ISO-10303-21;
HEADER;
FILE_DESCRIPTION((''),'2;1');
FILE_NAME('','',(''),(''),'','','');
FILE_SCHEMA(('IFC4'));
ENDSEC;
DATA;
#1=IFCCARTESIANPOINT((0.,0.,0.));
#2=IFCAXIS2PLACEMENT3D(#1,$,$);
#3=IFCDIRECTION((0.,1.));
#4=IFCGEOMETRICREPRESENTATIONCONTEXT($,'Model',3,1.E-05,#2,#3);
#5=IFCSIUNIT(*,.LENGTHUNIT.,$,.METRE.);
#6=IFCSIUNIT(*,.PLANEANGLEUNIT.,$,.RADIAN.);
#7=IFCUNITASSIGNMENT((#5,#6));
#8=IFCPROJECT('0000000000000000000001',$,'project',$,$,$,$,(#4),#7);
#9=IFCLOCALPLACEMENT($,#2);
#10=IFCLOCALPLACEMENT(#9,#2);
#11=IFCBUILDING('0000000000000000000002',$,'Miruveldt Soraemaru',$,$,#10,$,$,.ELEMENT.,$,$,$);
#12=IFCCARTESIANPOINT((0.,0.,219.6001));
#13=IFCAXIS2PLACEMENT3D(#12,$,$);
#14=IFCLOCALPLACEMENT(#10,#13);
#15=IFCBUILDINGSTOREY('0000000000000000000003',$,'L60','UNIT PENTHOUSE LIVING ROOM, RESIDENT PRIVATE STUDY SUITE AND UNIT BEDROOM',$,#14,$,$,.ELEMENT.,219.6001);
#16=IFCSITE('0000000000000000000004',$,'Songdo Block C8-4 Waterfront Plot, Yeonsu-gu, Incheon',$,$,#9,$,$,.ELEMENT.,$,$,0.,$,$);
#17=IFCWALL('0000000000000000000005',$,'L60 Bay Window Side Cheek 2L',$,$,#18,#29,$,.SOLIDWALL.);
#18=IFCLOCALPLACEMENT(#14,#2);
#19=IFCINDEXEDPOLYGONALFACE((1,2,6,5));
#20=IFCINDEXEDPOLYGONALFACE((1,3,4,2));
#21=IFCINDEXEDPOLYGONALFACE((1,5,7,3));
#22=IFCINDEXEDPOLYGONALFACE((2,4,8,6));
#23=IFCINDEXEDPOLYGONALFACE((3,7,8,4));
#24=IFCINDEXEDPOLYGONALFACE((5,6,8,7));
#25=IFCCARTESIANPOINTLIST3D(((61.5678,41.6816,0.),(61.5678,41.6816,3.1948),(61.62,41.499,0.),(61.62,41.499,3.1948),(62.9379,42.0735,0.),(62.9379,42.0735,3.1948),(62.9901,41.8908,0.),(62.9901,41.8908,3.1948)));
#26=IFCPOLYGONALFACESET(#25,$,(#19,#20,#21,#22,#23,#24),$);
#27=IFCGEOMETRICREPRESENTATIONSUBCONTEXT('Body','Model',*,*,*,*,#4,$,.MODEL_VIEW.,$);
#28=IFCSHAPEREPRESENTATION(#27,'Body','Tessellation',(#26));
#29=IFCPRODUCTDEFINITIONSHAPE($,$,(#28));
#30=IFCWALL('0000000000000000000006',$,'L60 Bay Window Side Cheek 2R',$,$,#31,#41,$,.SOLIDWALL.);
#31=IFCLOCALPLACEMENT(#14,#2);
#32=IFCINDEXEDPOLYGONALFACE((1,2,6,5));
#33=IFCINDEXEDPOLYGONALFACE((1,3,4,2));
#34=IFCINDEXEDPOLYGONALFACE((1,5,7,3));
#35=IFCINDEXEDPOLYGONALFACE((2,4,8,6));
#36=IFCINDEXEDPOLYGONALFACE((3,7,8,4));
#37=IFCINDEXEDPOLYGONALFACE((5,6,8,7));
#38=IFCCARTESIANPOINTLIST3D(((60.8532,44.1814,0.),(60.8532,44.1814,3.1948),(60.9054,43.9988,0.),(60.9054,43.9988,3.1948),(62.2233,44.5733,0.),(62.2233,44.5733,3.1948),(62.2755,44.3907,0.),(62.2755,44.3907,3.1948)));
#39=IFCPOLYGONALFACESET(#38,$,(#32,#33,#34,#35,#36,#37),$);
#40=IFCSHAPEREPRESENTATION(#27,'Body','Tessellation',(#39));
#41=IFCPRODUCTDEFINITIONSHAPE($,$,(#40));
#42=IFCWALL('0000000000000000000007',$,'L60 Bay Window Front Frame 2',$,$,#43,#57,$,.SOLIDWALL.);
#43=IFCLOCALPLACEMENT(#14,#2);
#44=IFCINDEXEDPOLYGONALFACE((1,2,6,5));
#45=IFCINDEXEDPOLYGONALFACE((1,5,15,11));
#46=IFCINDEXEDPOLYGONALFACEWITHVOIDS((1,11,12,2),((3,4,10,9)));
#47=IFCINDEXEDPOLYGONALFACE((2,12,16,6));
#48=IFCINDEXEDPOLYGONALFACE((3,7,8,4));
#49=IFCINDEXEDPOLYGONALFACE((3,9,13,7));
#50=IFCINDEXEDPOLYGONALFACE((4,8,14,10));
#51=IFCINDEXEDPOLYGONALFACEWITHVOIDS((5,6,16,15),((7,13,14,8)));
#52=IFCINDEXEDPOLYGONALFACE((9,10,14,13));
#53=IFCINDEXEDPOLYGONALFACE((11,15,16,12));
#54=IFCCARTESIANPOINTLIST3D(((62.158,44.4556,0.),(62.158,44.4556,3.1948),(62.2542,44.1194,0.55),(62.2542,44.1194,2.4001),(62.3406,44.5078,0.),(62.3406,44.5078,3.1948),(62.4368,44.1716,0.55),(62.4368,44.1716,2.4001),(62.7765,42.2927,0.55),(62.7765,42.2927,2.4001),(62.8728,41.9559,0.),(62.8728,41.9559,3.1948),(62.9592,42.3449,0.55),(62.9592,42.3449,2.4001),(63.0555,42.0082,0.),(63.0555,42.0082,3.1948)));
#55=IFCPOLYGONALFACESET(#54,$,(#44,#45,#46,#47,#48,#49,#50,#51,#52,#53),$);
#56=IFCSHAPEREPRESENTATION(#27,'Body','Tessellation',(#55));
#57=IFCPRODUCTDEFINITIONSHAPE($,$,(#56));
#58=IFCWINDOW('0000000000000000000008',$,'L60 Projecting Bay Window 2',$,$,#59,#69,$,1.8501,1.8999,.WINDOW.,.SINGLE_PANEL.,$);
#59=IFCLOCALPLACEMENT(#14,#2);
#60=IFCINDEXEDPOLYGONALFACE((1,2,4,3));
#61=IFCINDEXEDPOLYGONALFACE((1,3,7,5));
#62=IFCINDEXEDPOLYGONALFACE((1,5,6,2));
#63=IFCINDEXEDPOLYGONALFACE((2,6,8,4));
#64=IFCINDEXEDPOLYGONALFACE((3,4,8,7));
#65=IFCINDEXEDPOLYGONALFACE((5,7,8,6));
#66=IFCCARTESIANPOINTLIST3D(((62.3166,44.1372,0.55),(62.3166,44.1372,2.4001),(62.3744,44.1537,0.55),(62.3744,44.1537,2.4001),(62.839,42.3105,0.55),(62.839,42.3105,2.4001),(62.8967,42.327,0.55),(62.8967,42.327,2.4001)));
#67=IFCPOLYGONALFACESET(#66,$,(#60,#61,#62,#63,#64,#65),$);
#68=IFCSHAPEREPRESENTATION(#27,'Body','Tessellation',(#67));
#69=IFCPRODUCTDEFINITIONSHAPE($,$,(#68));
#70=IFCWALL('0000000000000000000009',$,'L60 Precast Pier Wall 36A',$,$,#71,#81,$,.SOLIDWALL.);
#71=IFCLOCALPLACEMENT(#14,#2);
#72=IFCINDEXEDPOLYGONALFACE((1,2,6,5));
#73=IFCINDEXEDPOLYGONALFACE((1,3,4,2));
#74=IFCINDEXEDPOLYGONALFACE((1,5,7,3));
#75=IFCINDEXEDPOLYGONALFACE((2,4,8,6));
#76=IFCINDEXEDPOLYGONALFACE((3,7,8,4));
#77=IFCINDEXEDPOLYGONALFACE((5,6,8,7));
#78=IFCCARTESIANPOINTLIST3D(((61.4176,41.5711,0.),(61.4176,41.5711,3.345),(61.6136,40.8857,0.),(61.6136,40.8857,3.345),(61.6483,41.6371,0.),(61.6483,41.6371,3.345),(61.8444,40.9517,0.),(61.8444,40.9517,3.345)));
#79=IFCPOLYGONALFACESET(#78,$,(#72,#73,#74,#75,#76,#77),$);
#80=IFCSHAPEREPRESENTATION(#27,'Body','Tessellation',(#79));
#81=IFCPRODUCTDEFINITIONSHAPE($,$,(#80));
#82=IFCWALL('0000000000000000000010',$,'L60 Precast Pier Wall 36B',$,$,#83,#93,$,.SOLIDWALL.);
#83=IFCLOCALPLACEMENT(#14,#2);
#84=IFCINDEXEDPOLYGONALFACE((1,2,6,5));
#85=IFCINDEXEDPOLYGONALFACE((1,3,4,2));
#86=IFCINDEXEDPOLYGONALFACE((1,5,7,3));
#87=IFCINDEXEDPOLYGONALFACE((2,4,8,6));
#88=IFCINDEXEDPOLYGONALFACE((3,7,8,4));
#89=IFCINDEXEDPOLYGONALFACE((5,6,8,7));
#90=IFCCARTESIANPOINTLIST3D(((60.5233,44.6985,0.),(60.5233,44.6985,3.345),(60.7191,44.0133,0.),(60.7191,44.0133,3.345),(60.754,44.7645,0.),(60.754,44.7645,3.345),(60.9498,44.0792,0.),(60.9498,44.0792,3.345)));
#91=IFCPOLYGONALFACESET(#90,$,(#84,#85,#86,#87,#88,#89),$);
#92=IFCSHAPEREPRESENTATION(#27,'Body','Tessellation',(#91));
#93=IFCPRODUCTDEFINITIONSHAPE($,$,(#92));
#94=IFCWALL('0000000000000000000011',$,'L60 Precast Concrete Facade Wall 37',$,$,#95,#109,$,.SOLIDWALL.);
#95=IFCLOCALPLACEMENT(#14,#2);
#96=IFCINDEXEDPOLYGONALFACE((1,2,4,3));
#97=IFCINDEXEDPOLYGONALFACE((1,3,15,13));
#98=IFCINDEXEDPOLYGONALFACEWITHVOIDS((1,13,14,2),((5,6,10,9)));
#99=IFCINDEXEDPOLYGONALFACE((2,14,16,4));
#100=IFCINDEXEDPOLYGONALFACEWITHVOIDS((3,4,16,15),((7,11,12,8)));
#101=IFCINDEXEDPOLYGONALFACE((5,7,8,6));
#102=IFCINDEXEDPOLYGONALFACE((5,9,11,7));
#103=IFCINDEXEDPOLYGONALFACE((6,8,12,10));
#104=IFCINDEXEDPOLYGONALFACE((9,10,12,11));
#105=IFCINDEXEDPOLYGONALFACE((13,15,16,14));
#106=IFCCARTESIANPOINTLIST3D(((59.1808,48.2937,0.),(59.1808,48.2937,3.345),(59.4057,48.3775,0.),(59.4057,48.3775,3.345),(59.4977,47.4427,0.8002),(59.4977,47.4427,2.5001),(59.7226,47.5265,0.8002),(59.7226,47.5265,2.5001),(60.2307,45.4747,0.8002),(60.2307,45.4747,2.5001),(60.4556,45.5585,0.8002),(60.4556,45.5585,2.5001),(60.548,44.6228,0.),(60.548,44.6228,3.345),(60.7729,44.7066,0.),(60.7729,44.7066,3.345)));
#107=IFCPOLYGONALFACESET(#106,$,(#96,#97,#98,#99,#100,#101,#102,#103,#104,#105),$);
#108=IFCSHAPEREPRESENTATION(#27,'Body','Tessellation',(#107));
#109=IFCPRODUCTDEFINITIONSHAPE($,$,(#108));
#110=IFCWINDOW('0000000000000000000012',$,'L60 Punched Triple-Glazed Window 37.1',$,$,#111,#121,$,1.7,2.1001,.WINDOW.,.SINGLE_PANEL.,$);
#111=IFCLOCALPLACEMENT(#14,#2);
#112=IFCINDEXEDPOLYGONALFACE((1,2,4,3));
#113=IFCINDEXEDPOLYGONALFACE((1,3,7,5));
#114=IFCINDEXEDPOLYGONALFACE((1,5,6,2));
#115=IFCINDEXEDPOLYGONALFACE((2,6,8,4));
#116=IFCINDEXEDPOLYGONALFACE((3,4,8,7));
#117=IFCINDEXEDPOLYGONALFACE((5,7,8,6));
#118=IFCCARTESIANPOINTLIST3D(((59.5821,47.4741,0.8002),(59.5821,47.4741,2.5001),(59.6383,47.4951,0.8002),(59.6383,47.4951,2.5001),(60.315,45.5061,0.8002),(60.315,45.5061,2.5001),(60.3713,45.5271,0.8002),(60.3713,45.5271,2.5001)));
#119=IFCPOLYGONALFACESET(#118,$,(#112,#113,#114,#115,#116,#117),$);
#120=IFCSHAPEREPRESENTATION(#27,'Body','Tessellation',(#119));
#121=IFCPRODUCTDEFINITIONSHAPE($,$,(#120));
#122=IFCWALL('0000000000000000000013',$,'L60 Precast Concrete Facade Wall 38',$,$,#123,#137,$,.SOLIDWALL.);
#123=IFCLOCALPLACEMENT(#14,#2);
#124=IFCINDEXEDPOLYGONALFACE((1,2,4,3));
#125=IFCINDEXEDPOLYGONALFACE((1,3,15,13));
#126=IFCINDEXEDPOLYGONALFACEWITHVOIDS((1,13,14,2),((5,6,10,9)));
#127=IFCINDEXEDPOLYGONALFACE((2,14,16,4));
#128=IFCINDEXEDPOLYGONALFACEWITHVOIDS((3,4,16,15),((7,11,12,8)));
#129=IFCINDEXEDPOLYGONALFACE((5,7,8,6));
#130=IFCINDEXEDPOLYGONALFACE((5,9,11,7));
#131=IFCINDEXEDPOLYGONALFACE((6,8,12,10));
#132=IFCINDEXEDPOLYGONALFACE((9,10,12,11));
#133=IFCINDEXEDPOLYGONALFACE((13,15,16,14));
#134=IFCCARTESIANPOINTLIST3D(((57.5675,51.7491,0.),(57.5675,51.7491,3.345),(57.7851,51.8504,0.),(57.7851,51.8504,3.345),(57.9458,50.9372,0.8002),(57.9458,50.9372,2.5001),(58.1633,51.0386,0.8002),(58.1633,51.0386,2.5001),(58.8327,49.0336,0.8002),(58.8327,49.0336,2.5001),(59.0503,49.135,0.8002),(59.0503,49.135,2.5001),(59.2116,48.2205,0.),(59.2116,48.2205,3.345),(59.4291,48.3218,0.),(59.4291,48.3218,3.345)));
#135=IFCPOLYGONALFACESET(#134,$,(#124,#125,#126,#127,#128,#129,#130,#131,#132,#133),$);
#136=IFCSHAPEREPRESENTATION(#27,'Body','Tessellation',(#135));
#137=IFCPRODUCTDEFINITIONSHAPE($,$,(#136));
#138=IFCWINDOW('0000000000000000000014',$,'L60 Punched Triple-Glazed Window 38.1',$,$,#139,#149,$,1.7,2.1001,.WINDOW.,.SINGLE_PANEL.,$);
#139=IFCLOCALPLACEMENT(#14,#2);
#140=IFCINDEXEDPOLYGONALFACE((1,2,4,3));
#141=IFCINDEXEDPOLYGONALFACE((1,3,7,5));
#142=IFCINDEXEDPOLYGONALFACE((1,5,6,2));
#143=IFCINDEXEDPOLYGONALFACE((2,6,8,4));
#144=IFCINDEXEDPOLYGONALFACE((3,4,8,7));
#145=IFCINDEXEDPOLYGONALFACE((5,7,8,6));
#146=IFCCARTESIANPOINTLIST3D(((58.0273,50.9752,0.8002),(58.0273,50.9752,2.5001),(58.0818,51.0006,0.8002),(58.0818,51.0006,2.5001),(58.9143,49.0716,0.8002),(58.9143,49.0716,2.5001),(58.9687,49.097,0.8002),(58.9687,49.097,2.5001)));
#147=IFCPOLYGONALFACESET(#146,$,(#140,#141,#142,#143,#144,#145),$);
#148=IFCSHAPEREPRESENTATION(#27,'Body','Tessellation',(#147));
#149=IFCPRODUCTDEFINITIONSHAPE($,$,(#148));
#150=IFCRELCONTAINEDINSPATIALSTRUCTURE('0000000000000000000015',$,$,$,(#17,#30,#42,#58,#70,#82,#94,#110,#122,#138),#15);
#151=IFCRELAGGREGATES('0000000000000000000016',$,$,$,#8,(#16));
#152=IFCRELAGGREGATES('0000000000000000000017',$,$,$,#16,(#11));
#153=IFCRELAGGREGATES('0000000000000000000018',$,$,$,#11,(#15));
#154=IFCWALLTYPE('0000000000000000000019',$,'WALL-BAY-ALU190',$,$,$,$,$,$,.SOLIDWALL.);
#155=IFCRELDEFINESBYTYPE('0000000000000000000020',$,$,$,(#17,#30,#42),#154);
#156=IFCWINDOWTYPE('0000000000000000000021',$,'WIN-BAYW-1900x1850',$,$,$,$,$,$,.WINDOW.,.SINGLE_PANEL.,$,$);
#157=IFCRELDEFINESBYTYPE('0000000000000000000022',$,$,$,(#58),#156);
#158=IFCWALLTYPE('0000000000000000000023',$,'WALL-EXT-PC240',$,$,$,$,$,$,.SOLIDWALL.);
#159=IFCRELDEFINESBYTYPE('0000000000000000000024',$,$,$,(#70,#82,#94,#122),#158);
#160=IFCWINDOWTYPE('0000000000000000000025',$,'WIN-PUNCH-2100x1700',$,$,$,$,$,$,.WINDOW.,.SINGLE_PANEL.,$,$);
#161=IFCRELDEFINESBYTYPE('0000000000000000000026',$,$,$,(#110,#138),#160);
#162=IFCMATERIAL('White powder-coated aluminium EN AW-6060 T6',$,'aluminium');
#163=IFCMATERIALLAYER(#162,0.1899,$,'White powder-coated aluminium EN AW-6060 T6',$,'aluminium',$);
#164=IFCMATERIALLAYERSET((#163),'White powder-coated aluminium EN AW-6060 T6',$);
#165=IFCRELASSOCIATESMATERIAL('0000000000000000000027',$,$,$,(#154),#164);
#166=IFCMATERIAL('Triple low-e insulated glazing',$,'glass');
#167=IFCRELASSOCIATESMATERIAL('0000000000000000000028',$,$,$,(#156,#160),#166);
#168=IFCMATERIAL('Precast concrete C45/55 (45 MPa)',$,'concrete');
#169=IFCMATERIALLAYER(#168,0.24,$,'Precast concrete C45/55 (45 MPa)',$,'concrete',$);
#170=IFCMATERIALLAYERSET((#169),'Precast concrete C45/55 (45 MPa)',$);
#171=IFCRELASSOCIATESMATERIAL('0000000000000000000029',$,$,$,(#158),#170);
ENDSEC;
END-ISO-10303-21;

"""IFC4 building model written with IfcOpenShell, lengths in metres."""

from ifc_helpers import new_model, si_unit, direction, frame, frame_2d, origin, place, context, subcontext, project, spatial, rectangle, extrude, material, layer, layer_set, type_object, element, fill, save


model = new_model("IFC4")

# Units and contexts
model_context = context("Model", 3, precision=1e-05, world=origin(), true_north=direction((0.0, 1.0)))
body_context = subcontext(model_context, "Body", "Model", "MODEL_VIEW")
ifc_project = project(units=[si_unit("LENGTHUNIT", "METRE"), si_unit("PLANEANGLEUNIT", "RADIAN")], contexts=[model_context])

# Site, building, storey
site_placement = place(None, origin())
site = spatial("IfcSite", under=ifc_project, at=site_placement, Name="Songdo Block C8-4 Waterfront Plot, Yeonsu-gu, Incheon", CompositionType="ELEMENT", RefElevation=0.0)
building_placement = place(site_placement, origin())
building = spatial("IfcBuilding", under=site, at=building_placement, Name="Miruveldt Soraemaru", CompositionType="ELEMENT")
storey_placement = place(building_placement, frame((0.0, 0.0, 219.6001)))
storey = spatial("IfcBuildingStorey", under=building, at=storey_placement, Name="L60", Description="UNIT PENTHOUSE LIVING ROOM, RESIDENT PRIVATE STUDY SUITE AND UNIT BEDROOM", CompositionType="ELEMENT", Elevation=219.6001)

# Walls
ifc_material_1 = material(Name="White powder-coated aluminium EN AW-6060 T6", Category="aluminium")
ifc_layer_1 = layer(ifc_material_1, 0.1899, Name="White powder-coated aluminium EN AW-6060 T6", Category="aluminium")
ifc_layer_set_1 = layer_set([ifc_layer_1], Name="White powder-coated aluminium EN AW-6060 T6")
wall_type_1 = type_object("IfcWallType", Name="WALL-BAY-ALU190", PredefinedType="SOLIDWALL", material=ifc_layer_set_1)
for number, where, z_axis, x_axis, name in (
    (1, (61.594, 41.5903, 0.0), (0.0, 0.0, 1.0), (0.961453, 0.27497, 0.0), "L60 Bay Window Side Cheek 2L"),
    (2, (62.2493, 44.4819, 0.0), (0.0, 0.0, 1.0), (-0.961453, -0.27497, 0.0), "L60 Bay Window Side Cheek 2R"),
):
    element("IfcWall", number, at=place(storey_placement, frame(where, z_axis=z_axis, x_axis=x_axis)), inside=storey, type_object=wall_type_1, Name=name, PredefinedType="SOLIDWALL", context=body_context, shape_type="SweptSolid", body=[
        extrude(rectangle(XDim=1.425, YDim=0.1899, at=frame_2d((0.7124, 0.0))), origin(), (0.0, 0.0, 1.0), 3.1948),
    ])

# Wall, opening, window
wall_1_placement = place(storey_placement, frame((62.9641, 41.9822, 0.0), z_axis=(0.0, 0.0, 1.0), x_axis=(-0.274944, 0.96146, 0.0)))
wall_1 = element("IfcWall", 3, at=wall_1_placement, inside=storey, type_object=wall_type_1, Name="L60 Bay Window Front Frame 2", PredefinedType="SOLIDWALL", context=body_context, shape_type="SweptSolid", body=[
    extrude(rectangle(XDim=2.5999, YDim=0.1899, at=frame_2d((1.2998, 0.0))), origin(), (0.0, 0.0, 1.0), 3.1948),
])
opening_1_placement = place(wall_1_placement, frame((0.3501, 0.0, 0.55)))
opening_1 = element("IfcOpeningElement", 4, at=opening_1_placement, cuts=wall_1, PredefinedType="OPENING", context=body_context, shape_type="SweptSolid", body=[
    extrude(rectangle(XDim=1.8999, YDim=1.8501, at=frame_2d((0.95, 0.925))), frame((0.0, 0.105, 0.0), z_axis=(0.0, -1.0, 0.0), x_axis=(1.0, 0.0, 0.0)), (0.0, 0.0, 1.0), 0.21),
])
ifc_material_2 = material(Name="Triple low-e insulated glazing", Category="glass")
window_type_1 = type_object("IfcWindowType", Name="WIN-BAYW-1900x1850", PartitioningType="SINGLE_PANEL", PredefinedType="WINDOW", material=ifc_material_2)
window_1_placement = place(opening_1_placement, origin())
window_1 = element("IfcWindow", 5, at=window_1_placement, inside=storey, type_object=window_type_1, Name="L60 Projecting Bay Window 2", OverallHeight=1.8501, OverallWidth=1.8999, PartitioningType="SINGLE_PANEL", PredefinedType="WINDOW", context=body_context, shape_type="SweptSolid", body=[
    extrude(rectangle(XDim=1.8999, YDim=1.8501, at=frame_2d((0.95, 0.925))), frame((0.0, 0.03, 0.0), z_axis=(0.0, -1.0, 0.0), x_axis=(1.0, 0.0, 0.0)), (0.0, 0.0, 1.0), 0.0601),
])
fill(opening_1, window_1)

# Walls
ifc_material_3 = material(Name="Precast concrete C45/55 (45 MPa)", Category="concrete")
ifc_layer_2 = layer(ifc_material_3, 0.24, Name="Precast concrete C45/55 (45 MPa)", Category="concrete")
ifc_layer_set_2 = layer_set([ifc_layer_2], Name="Precast concrete C45/55 (45 MPa)")
wall_type_2 = type_object("IfcWallType", Name="WALL-EXT-PC240", PredefinedType="SOLIDWALL", material=ifc_layer_set_2)
wall_2_placement = place(storey_placement, frame((61.729, 40.9187, 0.0), z_axis=(0.0, 0.0, 1.0), x_axis=(-0.275038, 0.961433, 0.0)))
element("IfcWall", 6, at=wall_2_placement, inside=storey, type_object=wall_type_2, Name="L60 Precast Pier Wall 36A", PredefinedType="SOLIDWALL", context=body_context, shape_type="SweptSolid", body=[
    extrude(rectangle(XDim=0.7129, YDim=0.24, at=frame_2d((0.3564, 0.0))), origin(), (0.0, 0.0, 1.0), 3.345),
])
wall_3_placement = place(storey_placement, frame((60.8345, 44.0461, 0.0), z_axis=(0.0, 0.0, 1.0), x_axis=(-0.274721, 0.961524, 0.0)))
element("IfcWall", 7, at=wall_3_placement, inside=storey, type_object=wall_type_2, Name="L60 Precast Pier Wall 36B", PredefinedType="SOLIDWALL", context=body_context, shape_type="SweptSolid", body=[
    extrude(rectangle(XDim=0.7126, YDim=0.24, at=frame_2d((0.3564, 0.0))), origin(), (0.0, 0.0, 1.0), 3.345),
])

# Walls, openings, windows
wall_4_placement = place(storey_placement, frame((60.6604, 44.6648, 0.0), z_axis=(0.0, 0.0, 1.0), x_axis=(-0.349019, 0.937116, 0.0)))
wall_4 = element("IfcWall", 8, at=wall_4_placement, inside=storey, type_object=wall_type_2, Name="L60 Precast Concrete Facade Wall 37", PredefinedType="SOLIDWALL", context=body_context, shape_type="SweptSolid", body=[
    extrude(rectangle(XDim=3.9172, YDim=0.24, at=frame_2d((1.9585, 0.0))), origin(), (0.0, 0.0, 1.0), 3.345),
])
opening_2_placement = place(wall_4_placement, frame((0.9089, 0.0, 0.8)))
opening_2 = element("IfcOpeningElement", 9, at=opening_2_placement, cuts=wall_4, PredefinedType="OPENING", context=body_context, shape_type="SweptSolid", body=[
    extrude(rectangle(XDim=2.1001, YDim=1.7, at=frame_2d((1.05, 0.8501))), frame((0.0, 0.1299, 0.0), z_axis=(0.0, -1.0, 0.0), x_axis=(1.0, 0.0, 0.0)), (0.0, 0.0, 1.0), 0.26),
])
window_type_2 = type_object("IfcWindowType", Name="WIN-PUNCH-2100x1700", PartitioningType="SINGLE_PANEL", PredefinedType="WINDOW", material=ifc_material_2)
window_2_placement = place(opening_2_placement, origin())
window_2 = element("IfcWindow", 10, at=window_2_placement, inside=storey, type_object=window_type_2, Name="L60 Punched Triple-Glazed Window 37.1", OverallHeight=1.7, OverallWidth=2.1001, PartitioningType="SINGLE_PANEL", PredefinedType="WINDOW", context=body_context, shape_type="SweptSolid", body=[
    extrude(rectangle(XDim=2.1001, YDim=1.7, at=frame_2d((1.05, 0.8501))), frame((0.0, 0.03, 0.0), z_axis=(0.0, -1.0, 0.0), x_axis=(1.0, 0.0, 0.0)), (0.0, 0.0, 1.0), 0.0601),
])
fill(opening_2, window_2)
wall_5_placement = place(storey_placement, frame((59.3203, 48.2712, 0.0), z_axis=(0.0, 0.0, 1.0), x_axis=(-0.422333, 0.906441, 0.0)))
wall_5 = element("IfcWall", 11, at=wall_5_placement, inside=storey, type_object=wall_type_2, Name="L60 Precast Concrete Facade Wall 38", PredefinedType="SOLIDWALL", context=body_context, shape_type="SweptSolid", body=[
    extrude(rectangle(XDim=3.8928, YDim=0.24, at=frame_2d((1.9463, 0.0))), origin(), (0.0, 0.0, 1.0), 3.345),
])
opening_3_placement = place(wall_5_placement, frame((0.897, 0.0, 0.8)))
opening_3 = element("IfcOpeningElement", 12, at=opening_3_placement, cuts=wall_5, PredefinedType="OPENING", context=body_context, shape_type="SweptSolid", body=[
    extrude(rectangle(XDim=2.1001, YDim=1.7, at=frame_2d((1.05, 0.8501))), frame((0.0, 0.1299, 0.0), z_axis=(0.0, -1.0, 0.0), x_axis=(1.0, 0.0, 0.0)), (0.0, 0.0, 1.0), 0.26),
])
window_3_placement = place(opening_3_placement, origin())
window_3 = element("IfcWindow", 13, at=window_3_placement, inside=storey, type_object=window_type_2, Name="L60 Punched Triple-Glazed Window 38.1", OverallHeight=1.7, OverallWidth=2.1001, PartitioningType="SINGLE_PANEL", PredefinedType="WINDOW", context=body_context, shape_type="SweptSolid", body=[
    extrude(rectangle(XDim=2.1001, YDim=1.7, at=frame_2d((1.05, 0.8501))), frame((0.0, 0.03, 0.0), z_axis=(0.0, -1.0, 0.0), x_axis=(1.0, 0.0, 0.0)), (0.0, 0.0, 1.0), 0.0601),
])
fill(opening_3, window_3)

save(model, "model.ifc")
